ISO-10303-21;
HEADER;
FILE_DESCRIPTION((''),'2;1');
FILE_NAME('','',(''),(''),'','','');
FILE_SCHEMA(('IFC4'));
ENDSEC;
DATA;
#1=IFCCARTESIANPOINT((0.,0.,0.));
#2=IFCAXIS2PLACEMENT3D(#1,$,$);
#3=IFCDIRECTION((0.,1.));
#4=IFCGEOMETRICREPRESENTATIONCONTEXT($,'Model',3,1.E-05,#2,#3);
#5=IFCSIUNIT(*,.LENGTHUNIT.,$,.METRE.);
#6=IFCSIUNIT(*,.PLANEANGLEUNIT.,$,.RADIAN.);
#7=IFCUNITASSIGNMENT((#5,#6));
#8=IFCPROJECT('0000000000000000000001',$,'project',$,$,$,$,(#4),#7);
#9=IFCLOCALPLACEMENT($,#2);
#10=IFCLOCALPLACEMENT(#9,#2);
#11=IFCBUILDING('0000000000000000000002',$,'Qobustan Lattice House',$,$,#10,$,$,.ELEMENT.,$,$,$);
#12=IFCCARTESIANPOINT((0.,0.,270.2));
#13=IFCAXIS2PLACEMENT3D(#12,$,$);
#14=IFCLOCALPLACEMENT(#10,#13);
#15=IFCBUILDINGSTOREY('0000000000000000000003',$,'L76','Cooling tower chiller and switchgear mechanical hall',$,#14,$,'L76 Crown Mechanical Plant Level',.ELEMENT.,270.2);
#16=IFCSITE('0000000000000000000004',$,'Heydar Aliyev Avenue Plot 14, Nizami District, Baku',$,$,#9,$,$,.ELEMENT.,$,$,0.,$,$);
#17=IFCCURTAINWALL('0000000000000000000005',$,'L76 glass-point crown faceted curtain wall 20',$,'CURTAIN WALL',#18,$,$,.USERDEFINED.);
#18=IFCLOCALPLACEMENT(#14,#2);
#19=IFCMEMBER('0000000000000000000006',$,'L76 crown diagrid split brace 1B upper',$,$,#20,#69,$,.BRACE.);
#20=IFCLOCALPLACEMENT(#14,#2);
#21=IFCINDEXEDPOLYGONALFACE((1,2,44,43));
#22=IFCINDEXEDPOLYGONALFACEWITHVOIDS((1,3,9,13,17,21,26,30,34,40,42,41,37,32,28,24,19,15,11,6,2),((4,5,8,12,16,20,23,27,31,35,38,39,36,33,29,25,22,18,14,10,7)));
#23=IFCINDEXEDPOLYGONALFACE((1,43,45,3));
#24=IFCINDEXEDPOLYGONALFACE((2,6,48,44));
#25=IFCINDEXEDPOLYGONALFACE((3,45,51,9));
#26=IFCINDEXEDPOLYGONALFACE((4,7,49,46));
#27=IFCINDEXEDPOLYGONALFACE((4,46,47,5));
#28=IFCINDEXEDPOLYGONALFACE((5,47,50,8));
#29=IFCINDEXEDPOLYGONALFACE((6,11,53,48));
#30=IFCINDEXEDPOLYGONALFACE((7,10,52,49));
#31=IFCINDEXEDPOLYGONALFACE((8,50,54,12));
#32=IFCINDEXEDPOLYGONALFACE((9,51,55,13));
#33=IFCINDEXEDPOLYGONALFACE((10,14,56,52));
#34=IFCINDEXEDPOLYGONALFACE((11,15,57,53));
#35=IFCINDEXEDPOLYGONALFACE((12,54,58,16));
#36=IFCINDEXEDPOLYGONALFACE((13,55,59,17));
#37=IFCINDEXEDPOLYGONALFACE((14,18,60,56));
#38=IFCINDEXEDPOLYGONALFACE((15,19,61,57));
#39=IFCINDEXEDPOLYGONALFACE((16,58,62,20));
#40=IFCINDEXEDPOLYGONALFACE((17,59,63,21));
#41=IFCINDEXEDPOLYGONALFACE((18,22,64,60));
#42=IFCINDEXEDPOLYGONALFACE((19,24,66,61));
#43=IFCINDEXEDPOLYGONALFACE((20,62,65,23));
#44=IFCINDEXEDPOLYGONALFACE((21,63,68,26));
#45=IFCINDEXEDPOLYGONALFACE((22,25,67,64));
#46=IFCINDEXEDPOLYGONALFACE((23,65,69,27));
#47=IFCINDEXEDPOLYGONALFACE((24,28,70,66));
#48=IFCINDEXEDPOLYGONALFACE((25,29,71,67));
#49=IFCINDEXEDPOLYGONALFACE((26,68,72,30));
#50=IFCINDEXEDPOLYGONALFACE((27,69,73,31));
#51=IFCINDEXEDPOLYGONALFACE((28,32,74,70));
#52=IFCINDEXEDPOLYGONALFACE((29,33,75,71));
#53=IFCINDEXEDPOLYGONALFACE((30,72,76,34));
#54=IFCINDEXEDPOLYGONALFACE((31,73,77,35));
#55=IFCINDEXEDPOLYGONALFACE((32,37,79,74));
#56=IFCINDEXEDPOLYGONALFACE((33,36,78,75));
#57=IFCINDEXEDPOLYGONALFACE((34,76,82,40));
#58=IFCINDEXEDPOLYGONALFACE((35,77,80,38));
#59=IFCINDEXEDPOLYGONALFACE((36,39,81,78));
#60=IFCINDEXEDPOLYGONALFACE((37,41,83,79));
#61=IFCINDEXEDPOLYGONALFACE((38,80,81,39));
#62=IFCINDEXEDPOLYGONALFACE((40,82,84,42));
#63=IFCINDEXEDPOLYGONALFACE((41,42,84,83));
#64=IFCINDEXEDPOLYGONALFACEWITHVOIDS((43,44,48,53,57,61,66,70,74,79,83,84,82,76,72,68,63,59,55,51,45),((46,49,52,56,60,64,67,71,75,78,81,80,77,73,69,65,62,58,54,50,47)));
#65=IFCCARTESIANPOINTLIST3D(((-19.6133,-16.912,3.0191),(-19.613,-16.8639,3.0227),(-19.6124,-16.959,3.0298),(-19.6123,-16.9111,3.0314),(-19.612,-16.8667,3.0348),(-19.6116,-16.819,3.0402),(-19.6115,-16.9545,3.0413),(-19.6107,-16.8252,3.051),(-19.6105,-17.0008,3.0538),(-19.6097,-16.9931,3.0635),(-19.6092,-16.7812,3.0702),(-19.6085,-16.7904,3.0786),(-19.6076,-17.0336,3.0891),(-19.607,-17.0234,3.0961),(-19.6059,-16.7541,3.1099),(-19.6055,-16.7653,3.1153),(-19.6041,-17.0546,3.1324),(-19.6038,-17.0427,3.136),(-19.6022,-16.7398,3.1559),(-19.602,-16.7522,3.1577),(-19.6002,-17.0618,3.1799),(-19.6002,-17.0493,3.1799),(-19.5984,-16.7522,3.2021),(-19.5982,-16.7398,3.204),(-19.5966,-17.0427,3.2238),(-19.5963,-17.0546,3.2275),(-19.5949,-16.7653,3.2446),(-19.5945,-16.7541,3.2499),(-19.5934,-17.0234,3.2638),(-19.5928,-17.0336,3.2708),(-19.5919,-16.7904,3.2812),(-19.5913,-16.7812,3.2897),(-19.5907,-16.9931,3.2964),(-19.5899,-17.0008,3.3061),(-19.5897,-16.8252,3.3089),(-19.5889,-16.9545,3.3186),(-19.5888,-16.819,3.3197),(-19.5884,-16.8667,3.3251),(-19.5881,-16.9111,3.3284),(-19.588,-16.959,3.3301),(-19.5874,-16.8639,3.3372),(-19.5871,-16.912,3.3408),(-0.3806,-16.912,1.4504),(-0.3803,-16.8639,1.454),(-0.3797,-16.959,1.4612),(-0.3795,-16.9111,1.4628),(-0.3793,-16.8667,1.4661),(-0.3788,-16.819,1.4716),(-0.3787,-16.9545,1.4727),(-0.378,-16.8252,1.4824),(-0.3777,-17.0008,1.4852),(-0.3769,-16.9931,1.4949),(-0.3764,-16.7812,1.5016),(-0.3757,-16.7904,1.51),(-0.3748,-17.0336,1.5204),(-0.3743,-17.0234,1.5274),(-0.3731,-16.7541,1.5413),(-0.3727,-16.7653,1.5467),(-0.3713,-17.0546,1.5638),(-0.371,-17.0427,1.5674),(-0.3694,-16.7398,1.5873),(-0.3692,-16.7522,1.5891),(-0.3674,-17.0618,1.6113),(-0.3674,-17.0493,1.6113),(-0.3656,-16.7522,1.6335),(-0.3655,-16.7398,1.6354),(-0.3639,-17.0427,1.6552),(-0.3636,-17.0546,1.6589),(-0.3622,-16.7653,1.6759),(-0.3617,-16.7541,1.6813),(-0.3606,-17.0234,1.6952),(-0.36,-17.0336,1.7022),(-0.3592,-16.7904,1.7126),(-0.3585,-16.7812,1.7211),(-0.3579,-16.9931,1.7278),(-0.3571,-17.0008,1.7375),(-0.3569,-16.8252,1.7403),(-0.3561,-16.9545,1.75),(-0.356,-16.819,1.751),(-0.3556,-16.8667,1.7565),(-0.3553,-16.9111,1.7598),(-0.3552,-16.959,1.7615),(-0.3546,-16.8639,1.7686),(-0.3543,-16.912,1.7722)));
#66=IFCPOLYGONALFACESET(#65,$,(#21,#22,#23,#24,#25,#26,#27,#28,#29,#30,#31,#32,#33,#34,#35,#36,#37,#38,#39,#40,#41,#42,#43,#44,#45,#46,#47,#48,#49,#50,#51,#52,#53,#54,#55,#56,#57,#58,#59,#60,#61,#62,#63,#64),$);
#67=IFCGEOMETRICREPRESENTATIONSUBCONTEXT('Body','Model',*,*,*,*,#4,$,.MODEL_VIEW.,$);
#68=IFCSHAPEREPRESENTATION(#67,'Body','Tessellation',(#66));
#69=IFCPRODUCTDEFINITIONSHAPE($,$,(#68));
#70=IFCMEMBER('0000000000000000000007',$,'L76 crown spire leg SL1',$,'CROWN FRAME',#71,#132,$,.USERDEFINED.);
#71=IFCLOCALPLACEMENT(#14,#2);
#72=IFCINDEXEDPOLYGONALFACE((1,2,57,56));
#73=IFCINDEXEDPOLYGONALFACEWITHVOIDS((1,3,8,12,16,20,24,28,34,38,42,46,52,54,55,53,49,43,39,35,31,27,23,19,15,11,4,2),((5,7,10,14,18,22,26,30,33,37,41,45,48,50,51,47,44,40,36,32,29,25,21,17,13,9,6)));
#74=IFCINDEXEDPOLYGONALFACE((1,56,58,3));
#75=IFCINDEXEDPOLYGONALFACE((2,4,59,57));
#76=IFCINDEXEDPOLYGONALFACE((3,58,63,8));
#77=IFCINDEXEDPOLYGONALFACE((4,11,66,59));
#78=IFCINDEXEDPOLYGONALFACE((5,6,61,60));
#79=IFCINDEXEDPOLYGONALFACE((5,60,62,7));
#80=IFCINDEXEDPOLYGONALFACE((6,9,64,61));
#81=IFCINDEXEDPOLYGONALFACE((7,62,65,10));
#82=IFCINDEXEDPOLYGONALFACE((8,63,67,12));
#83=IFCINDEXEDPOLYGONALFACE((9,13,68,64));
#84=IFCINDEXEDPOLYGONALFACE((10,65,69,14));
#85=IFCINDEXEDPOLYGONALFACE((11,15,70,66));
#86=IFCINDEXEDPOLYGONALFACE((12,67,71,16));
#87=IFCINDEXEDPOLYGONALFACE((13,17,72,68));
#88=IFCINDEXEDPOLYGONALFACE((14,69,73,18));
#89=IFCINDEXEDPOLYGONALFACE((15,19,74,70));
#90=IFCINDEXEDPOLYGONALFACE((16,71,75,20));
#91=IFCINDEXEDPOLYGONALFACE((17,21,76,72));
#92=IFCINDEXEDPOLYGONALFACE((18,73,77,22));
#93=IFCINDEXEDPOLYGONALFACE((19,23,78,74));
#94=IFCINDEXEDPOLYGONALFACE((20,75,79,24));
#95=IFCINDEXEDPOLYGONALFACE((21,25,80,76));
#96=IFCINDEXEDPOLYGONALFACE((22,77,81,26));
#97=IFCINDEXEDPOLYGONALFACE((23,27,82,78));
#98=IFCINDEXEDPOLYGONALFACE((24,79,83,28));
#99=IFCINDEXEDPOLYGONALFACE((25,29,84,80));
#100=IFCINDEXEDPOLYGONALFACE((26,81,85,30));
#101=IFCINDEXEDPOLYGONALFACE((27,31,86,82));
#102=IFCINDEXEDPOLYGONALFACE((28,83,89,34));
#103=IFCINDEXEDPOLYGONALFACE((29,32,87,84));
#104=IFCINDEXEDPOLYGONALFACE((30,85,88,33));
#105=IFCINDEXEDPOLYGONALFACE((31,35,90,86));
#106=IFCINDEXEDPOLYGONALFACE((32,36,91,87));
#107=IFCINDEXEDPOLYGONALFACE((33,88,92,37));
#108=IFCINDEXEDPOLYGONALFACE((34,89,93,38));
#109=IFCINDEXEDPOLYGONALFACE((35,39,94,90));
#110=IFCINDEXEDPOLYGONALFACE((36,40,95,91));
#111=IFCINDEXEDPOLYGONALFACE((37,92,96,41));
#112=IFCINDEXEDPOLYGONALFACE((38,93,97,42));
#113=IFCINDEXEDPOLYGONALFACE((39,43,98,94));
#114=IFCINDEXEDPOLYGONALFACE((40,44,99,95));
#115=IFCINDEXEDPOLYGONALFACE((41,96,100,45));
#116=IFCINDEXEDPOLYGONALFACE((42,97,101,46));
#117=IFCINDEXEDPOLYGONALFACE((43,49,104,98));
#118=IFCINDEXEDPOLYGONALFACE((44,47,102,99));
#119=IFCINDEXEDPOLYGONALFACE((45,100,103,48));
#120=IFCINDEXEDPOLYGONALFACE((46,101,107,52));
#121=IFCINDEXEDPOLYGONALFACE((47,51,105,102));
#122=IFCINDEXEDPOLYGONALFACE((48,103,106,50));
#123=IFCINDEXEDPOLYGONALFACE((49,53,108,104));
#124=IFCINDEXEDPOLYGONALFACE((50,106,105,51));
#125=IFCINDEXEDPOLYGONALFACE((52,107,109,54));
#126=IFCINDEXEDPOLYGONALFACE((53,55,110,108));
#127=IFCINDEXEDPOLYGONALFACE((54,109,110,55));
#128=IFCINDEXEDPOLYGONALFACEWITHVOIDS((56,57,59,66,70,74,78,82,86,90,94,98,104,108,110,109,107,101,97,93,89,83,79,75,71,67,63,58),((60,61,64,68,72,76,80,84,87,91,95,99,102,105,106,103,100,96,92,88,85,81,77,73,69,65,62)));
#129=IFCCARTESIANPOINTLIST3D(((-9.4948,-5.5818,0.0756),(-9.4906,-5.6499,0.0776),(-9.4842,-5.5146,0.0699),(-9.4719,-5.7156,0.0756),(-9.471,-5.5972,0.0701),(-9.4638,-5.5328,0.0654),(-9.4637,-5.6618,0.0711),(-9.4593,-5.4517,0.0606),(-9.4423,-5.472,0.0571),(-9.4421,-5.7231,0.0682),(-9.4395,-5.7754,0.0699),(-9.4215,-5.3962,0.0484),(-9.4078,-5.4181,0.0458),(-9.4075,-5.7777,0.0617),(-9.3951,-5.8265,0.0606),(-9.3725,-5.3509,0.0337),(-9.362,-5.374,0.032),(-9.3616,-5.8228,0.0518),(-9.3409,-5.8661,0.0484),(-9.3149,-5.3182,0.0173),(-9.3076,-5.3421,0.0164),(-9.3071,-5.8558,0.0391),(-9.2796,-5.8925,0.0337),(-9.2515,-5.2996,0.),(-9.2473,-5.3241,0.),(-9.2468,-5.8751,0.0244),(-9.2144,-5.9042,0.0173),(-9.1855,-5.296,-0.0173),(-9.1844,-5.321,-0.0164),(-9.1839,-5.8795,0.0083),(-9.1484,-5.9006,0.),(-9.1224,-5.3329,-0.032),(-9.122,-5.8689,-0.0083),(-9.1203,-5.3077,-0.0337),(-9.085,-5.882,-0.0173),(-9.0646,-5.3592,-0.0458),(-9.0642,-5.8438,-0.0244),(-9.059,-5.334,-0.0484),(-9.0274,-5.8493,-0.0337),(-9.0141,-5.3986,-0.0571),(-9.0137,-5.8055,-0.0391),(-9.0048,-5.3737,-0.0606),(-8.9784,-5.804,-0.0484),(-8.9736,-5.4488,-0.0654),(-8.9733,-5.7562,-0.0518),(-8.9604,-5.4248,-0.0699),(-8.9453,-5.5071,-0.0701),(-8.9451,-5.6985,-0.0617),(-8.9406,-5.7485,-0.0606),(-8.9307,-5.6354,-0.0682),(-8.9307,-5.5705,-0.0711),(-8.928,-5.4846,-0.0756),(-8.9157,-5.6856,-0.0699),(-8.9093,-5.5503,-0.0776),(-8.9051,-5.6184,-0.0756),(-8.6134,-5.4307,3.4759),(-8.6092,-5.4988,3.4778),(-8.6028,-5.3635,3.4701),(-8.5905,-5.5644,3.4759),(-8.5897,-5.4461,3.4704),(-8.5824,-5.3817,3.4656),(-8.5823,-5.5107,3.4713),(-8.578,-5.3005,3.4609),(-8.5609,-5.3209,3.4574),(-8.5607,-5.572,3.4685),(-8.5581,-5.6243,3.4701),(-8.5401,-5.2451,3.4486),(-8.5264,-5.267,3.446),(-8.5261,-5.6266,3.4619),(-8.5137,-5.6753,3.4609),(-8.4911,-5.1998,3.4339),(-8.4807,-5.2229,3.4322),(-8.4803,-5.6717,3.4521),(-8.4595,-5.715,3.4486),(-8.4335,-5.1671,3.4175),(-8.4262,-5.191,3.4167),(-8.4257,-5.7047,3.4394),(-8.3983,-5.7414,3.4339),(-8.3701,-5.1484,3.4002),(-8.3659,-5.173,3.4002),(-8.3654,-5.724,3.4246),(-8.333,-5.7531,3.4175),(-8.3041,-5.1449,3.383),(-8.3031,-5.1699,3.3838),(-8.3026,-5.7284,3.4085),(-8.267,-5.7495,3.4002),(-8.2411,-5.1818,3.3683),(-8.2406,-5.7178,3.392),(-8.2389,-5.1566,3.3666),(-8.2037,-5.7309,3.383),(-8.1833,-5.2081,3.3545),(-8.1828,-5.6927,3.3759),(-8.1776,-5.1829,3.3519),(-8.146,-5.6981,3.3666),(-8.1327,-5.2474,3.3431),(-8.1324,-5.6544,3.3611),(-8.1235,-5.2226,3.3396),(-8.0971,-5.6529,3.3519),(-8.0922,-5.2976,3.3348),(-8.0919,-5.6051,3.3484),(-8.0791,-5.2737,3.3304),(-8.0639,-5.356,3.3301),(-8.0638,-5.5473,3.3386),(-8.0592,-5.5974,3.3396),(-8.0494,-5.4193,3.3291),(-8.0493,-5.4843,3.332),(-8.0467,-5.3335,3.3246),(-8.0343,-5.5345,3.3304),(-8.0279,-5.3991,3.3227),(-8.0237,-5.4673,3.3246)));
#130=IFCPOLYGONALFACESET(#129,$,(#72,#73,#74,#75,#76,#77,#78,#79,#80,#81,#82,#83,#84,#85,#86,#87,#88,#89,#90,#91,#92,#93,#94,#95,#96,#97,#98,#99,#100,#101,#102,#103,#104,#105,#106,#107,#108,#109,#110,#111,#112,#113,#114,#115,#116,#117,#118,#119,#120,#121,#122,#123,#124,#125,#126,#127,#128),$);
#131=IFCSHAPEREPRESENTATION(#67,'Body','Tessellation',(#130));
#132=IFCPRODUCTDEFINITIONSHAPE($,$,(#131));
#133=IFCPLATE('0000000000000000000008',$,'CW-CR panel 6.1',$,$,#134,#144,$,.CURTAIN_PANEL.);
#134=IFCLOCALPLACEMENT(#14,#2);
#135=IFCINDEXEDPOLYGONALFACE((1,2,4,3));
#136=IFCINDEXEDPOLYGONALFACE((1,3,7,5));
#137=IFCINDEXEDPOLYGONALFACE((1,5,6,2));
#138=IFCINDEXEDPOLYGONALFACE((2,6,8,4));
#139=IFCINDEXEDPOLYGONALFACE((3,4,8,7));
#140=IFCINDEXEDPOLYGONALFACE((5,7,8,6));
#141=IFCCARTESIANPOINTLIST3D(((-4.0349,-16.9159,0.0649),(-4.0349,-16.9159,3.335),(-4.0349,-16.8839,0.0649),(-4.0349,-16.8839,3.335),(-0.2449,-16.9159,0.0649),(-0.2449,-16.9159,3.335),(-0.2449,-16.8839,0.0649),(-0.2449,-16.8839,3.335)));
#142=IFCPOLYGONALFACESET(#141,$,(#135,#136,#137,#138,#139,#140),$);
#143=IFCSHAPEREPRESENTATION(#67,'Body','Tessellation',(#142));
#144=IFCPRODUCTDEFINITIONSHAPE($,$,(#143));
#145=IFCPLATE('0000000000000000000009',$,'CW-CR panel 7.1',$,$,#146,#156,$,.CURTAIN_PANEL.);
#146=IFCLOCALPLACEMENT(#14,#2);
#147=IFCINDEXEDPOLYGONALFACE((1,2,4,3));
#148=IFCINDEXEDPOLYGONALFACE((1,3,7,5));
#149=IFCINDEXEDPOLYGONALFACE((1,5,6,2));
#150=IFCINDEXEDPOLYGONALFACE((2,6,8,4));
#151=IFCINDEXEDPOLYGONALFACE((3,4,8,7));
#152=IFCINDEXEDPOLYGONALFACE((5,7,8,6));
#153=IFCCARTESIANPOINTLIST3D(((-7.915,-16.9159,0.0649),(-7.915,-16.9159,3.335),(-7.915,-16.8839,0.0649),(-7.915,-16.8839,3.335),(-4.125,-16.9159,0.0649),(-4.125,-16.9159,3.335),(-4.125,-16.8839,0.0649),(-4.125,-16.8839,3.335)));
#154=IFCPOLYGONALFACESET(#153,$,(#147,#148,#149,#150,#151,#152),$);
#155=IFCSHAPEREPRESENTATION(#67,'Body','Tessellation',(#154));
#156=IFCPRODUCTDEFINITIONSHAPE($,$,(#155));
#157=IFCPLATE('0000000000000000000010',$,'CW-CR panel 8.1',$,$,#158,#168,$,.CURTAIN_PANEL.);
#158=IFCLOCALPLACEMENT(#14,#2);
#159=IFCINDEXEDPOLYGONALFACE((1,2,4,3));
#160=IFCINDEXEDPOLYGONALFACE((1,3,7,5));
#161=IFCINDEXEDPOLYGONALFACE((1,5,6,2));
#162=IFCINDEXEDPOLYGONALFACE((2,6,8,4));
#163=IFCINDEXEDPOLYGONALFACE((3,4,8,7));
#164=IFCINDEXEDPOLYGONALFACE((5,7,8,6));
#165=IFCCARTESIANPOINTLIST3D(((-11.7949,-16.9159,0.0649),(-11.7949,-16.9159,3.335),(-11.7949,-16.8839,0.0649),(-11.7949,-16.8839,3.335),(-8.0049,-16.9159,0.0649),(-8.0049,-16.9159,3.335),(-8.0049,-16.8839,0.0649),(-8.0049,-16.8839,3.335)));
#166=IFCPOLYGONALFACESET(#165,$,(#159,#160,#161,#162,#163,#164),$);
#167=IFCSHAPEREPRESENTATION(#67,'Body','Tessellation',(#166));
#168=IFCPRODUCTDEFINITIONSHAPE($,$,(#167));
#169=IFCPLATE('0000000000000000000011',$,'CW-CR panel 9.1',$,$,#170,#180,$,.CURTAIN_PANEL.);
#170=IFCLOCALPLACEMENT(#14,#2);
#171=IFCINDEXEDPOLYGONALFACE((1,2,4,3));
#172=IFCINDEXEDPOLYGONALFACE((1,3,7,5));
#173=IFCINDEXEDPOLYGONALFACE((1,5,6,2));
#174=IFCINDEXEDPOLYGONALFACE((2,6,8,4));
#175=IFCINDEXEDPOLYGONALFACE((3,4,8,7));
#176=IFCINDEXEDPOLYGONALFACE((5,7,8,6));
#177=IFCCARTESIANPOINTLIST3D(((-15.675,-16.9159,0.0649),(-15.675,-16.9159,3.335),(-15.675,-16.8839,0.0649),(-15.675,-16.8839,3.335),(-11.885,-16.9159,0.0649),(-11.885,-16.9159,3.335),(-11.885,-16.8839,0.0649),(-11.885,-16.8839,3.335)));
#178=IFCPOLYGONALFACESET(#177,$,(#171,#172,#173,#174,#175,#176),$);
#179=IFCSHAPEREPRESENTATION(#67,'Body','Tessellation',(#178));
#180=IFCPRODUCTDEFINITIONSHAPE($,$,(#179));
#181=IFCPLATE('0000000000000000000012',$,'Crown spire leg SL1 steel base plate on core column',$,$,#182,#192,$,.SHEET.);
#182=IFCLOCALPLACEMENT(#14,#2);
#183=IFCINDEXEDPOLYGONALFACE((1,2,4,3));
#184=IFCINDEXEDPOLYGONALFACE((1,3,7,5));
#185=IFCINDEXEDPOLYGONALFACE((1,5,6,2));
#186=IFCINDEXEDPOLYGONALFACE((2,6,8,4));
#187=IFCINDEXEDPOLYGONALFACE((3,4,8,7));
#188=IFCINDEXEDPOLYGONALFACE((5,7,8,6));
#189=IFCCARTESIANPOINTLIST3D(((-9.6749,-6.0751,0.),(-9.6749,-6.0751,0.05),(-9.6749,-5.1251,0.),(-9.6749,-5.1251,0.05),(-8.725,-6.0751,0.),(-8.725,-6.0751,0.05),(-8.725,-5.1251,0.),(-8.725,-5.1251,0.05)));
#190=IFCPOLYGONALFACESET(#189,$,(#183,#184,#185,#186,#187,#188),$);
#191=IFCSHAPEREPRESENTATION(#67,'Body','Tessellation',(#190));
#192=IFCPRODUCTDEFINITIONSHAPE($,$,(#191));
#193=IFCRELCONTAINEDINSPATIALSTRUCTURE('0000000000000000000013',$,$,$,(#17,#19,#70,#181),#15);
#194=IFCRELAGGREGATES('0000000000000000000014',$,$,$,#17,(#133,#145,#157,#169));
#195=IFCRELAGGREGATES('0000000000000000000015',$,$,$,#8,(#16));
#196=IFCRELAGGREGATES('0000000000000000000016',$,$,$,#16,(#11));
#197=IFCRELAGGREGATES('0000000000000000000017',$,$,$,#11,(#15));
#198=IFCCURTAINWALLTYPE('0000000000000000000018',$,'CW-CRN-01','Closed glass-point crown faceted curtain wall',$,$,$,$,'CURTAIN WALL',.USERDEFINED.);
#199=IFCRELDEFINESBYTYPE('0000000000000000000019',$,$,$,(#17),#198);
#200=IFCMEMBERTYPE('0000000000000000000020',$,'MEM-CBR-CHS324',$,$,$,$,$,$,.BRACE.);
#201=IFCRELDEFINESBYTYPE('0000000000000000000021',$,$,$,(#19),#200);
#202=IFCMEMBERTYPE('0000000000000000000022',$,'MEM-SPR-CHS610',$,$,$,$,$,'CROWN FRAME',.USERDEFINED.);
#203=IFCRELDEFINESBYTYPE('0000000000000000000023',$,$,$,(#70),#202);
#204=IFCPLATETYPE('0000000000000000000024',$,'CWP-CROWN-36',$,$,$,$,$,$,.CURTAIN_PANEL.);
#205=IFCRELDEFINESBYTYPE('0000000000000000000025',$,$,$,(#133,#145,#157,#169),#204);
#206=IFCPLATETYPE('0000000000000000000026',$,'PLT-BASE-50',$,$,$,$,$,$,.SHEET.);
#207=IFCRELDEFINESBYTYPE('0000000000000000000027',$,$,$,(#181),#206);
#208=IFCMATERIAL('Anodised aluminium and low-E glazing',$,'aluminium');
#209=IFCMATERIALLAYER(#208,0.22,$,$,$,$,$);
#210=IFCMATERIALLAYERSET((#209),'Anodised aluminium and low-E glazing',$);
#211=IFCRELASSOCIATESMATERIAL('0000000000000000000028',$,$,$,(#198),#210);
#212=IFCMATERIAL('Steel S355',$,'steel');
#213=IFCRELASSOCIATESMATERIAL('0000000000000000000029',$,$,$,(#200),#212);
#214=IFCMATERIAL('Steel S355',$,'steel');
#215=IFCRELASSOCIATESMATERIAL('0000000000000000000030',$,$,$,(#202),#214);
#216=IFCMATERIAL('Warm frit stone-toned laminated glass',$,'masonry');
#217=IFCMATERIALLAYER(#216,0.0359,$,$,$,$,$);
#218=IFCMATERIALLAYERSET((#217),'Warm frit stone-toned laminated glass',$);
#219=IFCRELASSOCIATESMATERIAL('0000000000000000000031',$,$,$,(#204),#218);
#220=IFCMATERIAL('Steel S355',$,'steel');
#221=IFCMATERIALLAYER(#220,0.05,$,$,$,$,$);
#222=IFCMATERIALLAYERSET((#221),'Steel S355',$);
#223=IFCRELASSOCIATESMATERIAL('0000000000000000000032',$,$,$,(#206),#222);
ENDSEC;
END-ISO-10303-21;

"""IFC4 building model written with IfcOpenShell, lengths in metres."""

from ifc_helpers import new_model, si_unit, direction, frame, origin, origin_2d, place, context, subcontext, project, spatial, rectangle, hollow_circle, extrude, material, layer, layer_set, material_profile, profile_set, type_object, element, aggregate, save


model = new_model("IFC4")

# Units and contexts
model_context = context("Model", 3, precision=1e-05, world=origin(), true_north=direction((0.0, 1.0)))
body_context = subcontext(model_context, "Body", "Model", "MODEL_VIEW")
ifc_project = project(units=[si_unit("LENGTHUNIT", "METRE"), si_unit("PLANEANGLEUNIT", "RADIAN")], contexts=[model_context])

# Site, building, storey
site_placement = place(None, origin())
site = spatial("IfcSite", under=ifc_project, at=site_placement, Name="Heydar Aliyev Avenue Plot 14, Nizami District, Baku", CompositionType="ELEMENT", RefElevation=0.0)
building_placement = place(site_placement, origin())
building = spatial("IfcBuilding", under=site, at=building_placement, Name="Qobustan Lattice House", CompositionType="ELEMENT")
storey_placement = place(building_placement, frame((0.0, 0.0, 270.2)))
storey = spatial("IfcBuildingStorey", under=building, at=storey_placement, Name="L76", Description="Cooling tower chiller and switchgear mechanical hall", LongName="L76 Crown Mechanical Plant Level", CompositionType="ELEMENT", Elevation=270.2)

# Curtain wall
ifc_material_1 = material(Name="Anodised aluminium and low-E glazing", Category="aluminium")
ifc_layer_1 = layer(ifc_material_1, 0.22)
ifc_layer_set_1 = layer_set([ifc_layer_1], Name="Anodised aluminium and low-E glazing")
curtain_wall_type = type_object("IfcCurtainWallType", Name="CW-CRN-01", Description="Closed glass-point crown faceted curtain wall", ElementType="CURTAIN WALL", PredefinedType="USERDEFINED", material=ifc_layer_set_1)
curtain_wall_placement = place(storey_placement, origin())
curtain_wall = element("IfcCurtainWall", 1, at=curtain_wall_placement, inside=storey, type_object=curtain_wall_type, Name="L76 glass-point crown faceted curtain wall 20", ObjectType="CURTAIN WALL", PredefinedType="USERDEFINED")

# Members
ifc_material_2 = material(Name="Steel S355", Category="steel")
ifc_material_profile_1 = material_profile(ifc_material_2, hollow_circle(Radius=0.1619, WallThickness=0.0125, at=origin_2d()), Name="CHS323.9x12.5")
ifc_profile_set_1 = profile_set([ifc_material_profile_1], Name="Steel S355")
member_type_1 = type_object("IfcMemberType", Name="MEM-CBR-CHS324", PredefinedType="BRACE", material=ifc_profile_set_1)
member_1_placement = place(storey_placement, frame((-0.3674, -16.8999, 1.6113), z_axis=(-0.996691, 0.0, 0.081289), x_axis=(0.0, -1.0, 0.0)))
element("IfcMember", 2, at=member_1_placement, inside=storey, type_object=member_type_1, Name="L76 crown diagrid split brace 1B upper", PredefinedType="BRACE", context=body_context, shape_type="SweptSolid", body=[
    extrude(hollow_circle(Radius=0.1619, WallThickness=0.0125, at=origin_2d()), origin(), (0.0, 0.0, 1.0), 19.2966),
])
ifc_material_3 = material(Name="Steel S355", Category="steel")
ifc_material_profile_2 = material_profile(ifc_material_3, hollow_circle(Radius=0.3049, WallThickness=0.0249, at=origin_2d()), Name="CHS610x25")
ifc_profile_set_2 = profile_set([ifc_material_profile_2], Name="Steel S355")
member_type_2 = type_object("IfcMemberType", Name="MEM-SPR-CHS610", ElementType="CROWN FRAME", PredefinedType="USERDEFINED", material=ifc_profile_set_2)
member_2_placement = place(storey_placement, frame((-9.2, -5.6001, 0.0), z_axis=(0.250684, 0.042984, 0.967114), x_axis=(-0.169002, 0.985616, 0.0)))
element("IfcMember", 3, at=member_2_placement, inside=storey, type_object=member_type_2, Name="L76 crown spire leg SL1", ObjectType="CROWN FRAME", PredefinedType="USERDEFINED", context=body_context, shape_type="SweptSolid", body=[
    extrude(hollow_circle(Radius=0.3049, WallThickness=0.0249, at=origin_2d()), origin(), (0.0, 0.0, 1.0), 3.5159),
])

# Plates
ifc_material_4 = material(Name="Warm frit stone-toned laminated glass", Category="masonry")
ifc_layer_2 = layer(ifc_material_4, 0.0359)
ifc_layer_set_2 = layer_set([ifc_layer_2], Name="Warm frit stone-toned laminated glass")
plate_type_1 = type_object("IfcPlateType", Name="CWP-CROWN-36", PredefinedType="CURTAIN_PANEL", material=ifc_layer_set_2)
plate_1_placement = place(storey_placement, frame((-2.1399, -16.8999, 0.0649), z_axis=(0.0, 0.0, 1.0), x_axis=(-1.0, 0.0, 0.0)))
plate_1 = element("IfcPlate", 4, at=plate_1_placement, type_object=plate_type_1, Name="CW-CR panel 6.1", PredefinedType="CURTAIN_PANEL", context=body_context, shape_type="SweptSolid", body=[
    extrude(rectangle(XDim=3.79, YDim=0.032, at=origin_2d()), origin(), (0.0, 0.0, 1.0), 3.27),
])
plate_2_placement = place(storey_placement, frame((-6.02, -16.8999, 0.0649), z_axis=(0.0, 0.0, 1.0), x_axis=(-1.0, 0.0, 0.0)))
plate_2 = element("IfcPlate", 5, at=plate_2_placement, type_object=plate_type_1, Name="CW-CR panel 7.1", PredefinedType="CURTAIN_PANEL", context=body_context, shape_type="SweptSolid", body=[
    extrude(rectangle(XDim=3.79, YDim=0.032, at=origin_2d()), origin(), (0.0, 0.0, 1.0), 3.27),
])
plate_3_placement = place(storey_placement, frame((-9.8999, -16.8999, 0.0649), z_axis=(0.0, 0.0, 1.0), x_axis=(-1.0, 0.0, 0.0)))
plate_3 = element("IfcPlate", 6, at=plate_3_placement, type_object=plate_type_1, Name="CW-CR panel 8.1", PredefinedType="CURTAIN_PANEL", context=body_context, shape_type="SweptSolid", body=[
    extrude(rectangle(XDim=3.79, YDim=0.032, at=origin_2d()), origin(), (0.0, 0.0, 1.0), 3.27),
])
plate_4_placement = place(storey_placement, frame((-13.78, -16.8999, 0.0649), z_axis=(0.0, 0.0, 1.0), x_axis=(-1.0, 0.0, 0.0)))
plate_4 = element("IfcPlate", 7, at=plate_4_placement, type_object=plate_type_1, Name="CW-CR panel 9.1", PredefinedType="CURTAIN_PANEL", context=body_context, shape_type="SweptSolid", body=[
    extrude(rectangle(XDim=3.79, YDim=0.032, at=origin_2d()), origin(), (0.0, 0.0, 1.0), 3.27),
])
aggregate(curtain_wall, [plate_1, plate_2, plate_3, plate_4])

# Plate
ifc_material_5 = material(Name="Steel S355", Category="steel")
ifc_layer_3 = layer(ifc_material_5, 0.05)
ifc_layer_set_3 = layer_set([ifc_layer_3], Name="Steel S355")
plate_type_2 = type_object("IfcPlateType", Name="PLT-BASE-50", PredefinedType="SHEET", material=ifc_layer_set_3)
plate_5_placement = place(storey_placement, frame((-9.2, -5.6001, 0.0), z_axis=(0.0, 0.0, 1.0), x_axis=(1.0, 0.0, 0.0)))
element("IfcPlate", 8, at=plate_5_placement, inside=storey, type_object=plate_type_2, Name="Crown spire leg SL1 steel base plate on core column", PredefinedType="SHEET", context=body_context, shape_type="SweptSolid", body=[
    extrude(rectangle(XDim=0.95, YDim=0.95, at=origin_2d()), origin(), (0.0, 0.0, 1.0), 0.05),
])

save(model, "model.ifc")
